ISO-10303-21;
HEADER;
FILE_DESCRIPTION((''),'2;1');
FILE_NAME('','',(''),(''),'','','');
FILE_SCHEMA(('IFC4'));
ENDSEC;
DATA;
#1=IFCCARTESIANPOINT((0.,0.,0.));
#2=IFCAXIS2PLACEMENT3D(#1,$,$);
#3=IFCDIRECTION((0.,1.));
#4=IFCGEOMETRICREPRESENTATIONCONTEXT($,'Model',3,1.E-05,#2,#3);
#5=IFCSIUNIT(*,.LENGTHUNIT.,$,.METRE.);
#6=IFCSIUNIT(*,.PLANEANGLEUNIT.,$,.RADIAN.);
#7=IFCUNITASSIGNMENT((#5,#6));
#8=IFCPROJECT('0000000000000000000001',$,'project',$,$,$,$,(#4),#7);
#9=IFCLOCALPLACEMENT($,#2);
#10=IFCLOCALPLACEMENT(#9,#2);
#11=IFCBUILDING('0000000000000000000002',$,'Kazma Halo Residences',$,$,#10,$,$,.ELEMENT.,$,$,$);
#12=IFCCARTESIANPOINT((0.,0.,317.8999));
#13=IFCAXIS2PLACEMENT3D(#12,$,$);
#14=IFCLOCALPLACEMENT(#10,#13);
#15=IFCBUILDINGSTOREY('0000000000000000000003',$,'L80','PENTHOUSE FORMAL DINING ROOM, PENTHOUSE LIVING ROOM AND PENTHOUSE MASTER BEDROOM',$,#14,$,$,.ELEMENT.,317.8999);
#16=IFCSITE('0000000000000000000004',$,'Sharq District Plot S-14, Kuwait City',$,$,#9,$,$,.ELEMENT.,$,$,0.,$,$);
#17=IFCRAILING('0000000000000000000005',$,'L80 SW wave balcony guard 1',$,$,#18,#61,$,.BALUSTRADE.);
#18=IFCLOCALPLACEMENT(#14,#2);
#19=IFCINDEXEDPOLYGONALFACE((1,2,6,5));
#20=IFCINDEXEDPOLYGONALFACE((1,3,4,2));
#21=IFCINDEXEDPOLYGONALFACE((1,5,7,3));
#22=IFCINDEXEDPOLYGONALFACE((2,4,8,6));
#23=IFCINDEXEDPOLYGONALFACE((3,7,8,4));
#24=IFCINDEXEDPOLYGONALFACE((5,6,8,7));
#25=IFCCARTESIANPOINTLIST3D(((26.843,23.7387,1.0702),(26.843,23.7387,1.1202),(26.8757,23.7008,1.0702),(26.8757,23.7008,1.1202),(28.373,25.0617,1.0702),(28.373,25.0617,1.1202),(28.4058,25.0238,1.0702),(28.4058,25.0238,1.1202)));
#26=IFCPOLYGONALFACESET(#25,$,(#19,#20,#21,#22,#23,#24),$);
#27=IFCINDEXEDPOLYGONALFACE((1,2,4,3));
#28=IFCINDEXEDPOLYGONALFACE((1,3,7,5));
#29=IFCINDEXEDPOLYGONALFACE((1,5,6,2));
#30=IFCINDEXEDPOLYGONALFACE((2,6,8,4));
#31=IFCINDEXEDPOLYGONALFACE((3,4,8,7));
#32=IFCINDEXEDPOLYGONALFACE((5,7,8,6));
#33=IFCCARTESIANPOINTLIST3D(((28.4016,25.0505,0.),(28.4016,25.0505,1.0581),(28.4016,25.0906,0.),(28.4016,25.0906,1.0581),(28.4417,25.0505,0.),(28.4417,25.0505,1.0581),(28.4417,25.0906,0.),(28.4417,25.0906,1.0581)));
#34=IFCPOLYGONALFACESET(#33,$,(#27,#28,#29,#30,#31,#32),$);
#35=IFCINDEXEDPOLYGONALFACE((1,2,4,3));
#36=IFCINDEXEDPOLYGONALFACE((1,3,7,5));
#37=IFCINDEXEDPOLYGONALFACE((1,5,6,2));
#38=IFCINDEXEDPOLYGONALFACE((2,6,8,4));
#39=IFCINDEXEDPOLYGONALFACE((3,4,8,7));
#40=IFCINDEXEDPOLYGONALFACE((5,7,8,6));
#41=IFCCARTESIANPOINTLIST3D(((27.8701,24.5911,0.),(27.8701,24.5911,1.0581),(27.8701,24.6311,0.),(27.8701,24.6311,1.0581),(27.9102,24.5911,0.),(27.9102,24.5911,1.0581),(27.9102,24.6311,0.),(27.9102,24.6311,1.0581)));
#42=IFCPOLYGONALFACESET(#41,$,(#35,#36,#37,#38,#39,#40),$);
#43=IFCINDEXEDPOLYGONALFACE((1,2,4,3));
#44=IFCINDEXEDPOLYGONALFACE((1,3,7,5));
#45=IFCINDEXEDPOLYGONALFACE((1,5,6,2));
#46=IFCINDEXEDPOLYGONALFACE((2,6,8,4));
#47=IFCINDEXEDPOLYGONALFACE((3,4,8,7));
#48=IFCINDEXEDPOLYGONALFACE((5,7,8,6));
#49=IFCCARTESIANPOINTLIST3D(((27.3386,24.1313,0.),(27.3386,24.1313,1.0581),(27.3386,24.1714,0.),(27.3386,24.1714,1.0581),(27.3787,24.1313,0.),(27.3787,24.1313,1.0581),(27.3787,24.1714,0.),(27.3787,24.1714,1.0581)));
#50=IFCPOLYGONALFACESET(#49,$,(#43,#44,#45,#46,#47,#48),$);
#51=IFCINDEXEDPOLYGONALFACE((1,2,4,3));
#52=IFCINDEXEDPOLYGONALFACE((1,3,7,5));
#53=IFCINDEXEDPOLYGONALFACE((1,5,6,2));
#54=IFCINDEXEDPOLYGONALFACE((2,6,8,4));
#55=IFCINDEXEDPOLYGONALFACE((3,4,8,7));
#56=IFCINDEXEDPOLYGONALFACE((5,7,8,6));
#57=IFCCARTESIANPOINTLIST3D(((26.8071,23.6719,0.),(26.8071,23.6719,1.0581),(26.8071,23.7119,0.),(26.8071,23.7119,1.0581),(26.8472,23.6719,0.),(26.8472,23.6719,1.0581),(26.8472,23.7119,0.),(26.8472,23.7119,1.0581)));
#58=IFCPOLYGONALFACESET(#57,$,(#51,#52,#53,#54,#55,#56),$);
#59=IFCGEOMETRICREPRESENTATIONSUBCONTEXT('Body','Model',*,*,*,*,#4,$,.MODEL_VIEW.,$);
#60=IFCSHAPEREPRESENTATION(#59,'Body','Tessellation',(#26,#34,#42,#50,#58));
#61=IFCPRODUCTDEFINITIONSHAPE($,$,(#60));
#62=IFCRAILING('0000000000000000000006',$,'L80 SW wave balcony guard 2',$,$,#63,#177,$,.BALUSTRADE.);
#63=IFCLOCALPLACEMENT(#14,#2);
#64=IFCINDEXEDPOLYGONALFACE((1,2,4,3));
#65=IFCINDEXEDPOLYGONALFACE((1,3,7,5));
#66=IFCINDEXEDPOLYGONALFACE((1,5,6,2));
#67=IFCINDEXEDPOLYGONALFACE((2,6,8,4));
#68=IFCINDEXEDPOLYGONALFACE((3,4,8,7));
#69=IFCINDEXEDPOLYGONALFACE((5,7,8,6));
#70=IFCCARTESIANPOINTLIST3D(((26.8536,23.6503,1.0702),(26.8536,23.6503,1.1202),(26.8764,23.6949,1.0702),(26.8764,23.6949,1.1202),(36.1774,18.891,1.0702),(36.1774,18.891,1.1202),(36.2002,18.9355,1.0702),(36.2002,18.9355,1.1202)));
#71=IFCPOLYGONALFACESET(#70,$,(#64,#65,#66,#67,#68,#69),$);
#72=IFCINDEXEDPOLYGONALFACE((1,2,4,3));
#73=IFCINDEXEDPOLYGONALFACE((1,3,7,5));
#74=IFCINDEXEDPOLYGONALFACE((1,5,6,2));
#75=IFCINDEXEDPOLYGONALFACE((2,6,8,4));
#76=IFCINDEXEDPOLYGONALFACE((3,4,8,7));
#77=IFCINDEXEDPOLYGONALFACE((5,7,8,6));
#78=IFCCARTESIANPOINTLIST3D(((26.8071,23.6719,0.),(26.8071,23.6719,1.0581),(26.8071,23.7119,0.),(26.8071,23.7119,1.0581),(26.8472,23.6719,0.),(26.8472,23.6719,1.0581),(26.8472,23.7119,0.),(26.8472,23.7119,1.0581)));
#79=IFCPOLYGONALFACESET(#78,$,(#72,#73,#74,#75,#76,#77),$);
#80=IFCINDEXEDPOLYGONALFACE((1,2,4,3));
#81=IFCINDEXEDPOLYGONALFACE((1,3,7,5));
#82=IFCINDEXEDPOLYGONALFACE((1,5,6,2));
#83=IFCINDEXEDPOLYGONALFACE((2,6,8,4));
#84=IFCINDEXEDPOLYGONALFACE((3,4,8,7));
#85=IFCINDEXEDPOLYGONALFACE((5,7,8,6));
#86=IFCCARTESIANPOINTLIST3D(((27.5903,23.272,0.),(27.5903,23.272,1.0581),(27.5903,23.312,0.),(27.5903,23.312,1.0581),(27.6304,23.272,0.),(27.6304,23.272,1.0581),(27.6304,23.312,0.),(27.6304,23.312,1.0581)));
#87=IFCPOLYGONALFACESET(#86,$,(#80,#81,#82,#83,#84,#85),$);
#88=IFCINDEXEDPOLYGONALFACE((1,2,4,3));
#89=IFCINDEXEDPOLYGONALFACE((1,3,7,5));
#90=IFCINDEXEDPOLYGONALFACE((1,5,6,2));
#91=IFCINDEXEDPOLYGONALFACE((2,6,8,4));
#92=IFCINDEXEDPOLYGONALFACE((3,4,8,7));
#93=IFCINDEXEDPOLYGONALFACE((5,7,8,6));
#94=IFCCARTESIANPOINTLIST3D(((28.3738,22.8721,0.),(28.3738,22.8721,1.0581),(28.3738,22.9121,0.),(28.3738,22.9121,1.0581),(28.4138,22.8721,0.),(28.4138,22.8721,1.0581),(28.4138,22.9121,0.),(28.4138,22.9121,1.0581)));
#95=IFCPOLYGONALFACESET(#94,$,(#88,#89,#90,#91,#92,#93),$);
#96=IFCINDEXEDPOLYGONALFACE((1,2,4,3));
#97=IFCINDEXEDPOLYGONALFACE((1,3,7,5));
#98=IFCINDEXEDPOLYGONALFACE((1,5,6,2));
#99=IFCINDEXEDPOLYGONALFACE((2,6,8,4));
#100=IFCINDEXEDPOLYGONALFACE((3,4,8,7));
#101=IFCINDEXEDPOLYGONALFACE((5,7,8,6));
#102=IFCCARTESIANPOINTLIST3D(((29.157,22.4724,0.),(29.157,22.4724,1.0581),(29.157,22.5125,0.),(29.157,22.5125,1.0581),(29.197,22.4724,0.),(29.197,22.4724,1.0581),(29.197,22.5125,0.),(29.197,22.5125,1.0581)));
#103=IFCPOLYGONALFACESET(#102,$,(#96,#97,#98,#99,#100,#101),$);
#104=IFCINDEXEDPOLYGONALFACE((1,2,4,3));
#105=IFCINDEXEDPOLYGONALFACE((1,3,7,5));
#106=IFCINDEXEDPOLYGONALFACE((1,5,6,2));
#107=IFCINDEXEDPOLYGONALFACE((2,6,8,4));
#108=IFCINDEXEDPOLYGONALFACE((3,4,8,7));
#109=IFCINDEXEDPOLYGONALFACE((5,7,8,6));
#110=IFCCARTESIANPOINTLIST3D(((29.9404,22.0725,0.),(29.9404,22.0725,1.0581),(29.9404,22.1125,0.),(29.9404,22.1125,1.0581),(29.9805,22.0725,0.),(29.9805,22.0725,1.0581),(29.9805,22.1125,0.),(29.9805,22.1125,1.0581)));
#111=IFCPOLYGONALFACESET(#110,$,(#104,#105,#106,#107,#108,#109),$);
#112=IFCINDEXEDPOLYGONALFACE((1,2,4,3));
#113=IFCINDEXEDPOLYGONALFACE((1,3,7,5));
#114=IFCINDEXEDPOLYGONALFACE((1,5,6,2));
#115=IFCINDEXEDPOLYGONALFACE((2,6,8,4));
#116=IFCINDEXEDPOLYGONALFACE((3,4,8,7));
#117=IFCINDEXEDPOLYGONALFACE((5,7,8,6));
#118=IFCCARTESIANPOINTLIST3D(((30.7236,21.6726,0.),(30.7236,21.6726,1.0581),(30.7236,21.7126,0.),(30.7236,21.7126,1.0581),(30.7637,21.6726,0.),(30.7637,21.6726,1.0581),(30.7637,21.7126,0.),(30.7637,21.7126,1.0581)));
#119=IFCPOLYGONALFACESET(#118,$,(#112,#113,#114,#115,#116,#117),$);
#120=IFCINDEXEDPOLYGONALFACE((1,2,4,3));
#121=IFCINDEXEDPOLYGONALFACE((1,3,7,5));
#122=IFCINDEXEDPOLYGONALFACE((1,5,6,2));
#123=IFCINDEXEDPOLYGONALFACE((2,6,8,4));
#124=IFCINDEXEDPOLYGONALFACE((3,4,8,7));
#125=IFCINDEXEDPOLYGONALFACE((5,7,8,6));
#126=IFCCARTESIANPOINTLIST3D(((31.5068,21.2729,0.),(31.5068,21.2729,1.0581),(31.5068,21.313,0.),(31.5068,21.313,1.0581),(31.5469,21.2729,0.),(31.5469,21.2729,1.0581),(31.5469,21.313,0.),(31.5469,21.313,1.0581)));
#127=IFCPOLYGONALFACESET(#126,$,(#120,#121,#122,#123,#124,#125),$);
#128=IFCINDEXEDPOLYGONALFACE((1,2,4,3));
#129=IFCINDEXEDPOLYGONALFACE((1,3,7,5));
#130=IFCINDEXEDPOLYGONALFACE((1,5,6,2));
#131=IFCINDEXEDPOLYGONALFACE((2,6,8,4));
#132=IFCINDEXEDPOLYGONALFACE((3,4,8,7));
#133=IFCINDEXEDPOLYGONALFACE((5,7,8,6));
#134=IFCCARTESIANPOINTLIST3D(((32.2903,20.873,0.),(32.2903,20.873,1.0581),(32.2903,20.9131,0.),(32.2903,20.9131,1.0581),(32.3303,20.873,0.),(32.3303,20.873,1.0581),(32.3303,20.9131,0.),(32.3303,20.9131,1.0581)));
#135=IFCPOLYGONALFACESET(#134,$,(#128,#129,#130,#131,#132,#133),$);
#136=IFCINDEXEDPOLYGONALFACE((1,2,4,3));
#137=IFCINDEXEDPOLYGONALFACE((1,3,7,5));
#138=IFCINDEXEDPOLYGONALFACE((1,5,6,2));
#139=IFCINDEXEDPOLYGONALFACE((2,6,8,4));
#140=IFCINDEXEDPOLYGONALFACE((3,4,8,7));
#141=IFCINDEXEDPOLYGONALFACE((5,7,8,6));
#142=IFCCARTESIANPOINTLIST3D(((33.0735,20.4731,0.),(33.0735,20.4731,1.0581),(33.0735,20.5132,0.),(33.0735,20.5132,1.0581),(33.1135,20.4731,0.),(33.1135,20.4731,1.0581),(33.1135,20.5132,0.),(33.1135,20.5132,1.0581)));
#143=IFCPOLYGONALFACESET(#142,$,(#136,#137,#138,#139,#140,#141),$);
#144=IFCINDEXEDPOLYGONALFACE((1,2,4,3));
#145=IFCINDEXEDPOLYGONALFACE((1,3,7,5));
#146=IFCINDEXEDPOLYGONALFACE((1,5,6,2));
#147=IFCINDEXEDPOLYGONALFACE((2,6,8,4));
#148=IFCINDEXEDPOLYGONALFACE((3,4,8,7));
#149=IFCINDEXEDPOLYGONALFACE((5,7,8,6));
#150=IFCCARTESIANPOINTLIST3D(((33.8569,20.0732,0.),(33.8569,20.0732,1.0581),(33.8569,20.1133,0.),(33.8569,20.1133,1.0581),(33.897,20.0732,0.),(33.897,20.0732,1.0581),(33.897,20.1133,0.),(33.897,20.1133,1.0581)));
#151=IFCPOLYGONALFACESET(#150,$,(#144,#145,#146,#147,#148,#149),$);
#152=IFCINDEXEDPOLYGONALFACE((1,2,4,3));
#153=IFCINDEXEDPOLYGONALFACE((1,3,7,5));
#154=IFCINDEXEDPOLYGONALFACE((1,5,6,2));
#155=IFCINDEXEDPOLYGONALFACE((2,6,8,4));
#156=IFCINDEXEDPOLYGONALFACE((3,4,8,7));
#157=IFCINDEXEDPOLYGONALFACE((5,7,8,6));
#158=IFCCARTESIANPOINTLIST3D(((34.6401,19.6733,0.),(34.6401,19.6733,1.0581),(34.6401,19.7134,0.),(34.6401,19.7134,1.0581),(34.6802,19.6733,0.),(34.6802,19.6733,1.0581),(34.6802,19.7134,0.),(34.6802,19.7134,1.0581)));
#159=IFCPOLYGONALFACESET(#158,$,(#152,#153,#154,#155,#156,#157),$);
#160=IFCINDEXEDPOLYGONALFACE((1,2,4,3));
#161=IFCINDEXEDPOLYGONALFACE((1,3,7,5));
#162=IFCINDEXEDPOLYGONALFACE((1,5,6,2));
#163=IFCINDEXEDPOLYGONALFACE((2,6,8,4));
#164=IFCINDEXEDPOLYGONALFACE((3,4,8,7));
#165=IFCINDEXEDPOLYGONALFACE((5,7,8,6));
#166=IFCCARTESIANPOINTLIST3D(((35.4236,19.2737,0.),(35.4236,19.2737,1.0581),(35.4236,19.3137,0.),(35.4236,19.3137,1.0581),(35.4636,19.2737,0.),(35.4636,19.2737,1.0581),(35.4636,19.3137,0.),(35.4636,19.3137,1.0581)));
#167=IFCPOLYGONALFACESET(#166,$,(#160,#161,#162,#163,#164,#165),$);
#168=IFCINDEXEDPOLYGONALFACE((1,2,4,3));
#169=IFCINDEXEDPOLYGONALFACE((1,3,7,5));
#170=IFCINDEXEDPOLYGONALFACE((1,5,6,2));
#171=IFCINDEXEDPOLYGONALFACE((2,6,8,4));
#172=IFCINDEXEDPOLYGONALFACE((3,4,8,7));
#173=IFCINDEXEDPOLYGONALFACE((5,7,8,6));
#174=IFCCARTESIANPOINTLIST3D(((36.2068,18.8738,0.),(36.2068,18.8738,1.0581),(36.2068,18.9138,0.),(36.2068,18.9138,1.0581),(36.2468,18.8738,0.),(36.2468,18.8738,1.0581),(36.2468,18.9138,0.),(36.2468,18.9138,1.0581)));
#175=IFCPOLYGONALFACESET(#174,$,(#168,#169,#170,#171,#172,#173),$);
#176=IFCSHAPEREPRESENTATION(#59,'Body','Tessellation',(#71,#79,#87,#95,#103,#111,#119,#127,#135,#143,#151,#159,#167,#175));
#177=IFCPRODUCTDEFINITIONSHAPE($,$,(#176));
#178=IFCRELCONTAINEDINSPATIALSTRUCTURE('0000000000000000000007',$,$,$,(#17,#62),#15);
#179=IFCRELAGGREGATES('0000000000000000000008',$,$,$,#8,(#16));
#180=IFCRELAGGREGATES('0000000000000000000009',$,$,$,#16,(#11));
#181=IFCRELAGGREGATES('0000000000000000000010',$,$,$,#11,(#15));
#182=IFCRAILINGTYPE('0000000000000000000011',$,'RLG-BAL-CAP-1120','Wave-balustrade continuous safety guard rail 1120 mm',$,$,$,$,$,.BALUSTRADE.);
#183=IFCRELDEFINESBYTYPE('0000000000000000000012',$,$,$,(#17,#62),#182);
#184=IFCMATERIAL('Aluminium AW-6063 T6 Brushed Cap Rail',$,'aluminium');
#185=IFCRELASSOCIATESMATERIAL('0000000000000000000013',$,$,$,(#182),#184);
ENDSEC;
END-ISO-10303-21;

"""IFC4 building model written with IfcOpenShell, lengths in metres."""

from ifc_helpers import new_model, si_unit, direction, frame, origin, origin_2d, place, context, subcontext, project, spatial, rectangle, extrude, material, type_object, element, save


model = new_model("IFC4")

# Units and contexts
model_context = context("Model", 3, precision=1e-05, world=origin(), true_north=direction((0.0, 1.0)))
body_context = subcontext(model_context, "Body", "Model", "MODEL_VIEW")
ifc_project = project(units=[si_unit("LENGTHUNIT", "METRE"), si_unit("PLANEANGLEUNIT", "RADIAN")], contexts=[model_context])

# Site, building, storey
site_placement = place(None, origin())
site = spatial("IfcSite", under=ifc_project, at=site_placement, Name="Sharq District Plot S-14, Kuwait City", CompositionType="ELEMENT", RefElevation=0.0)
building_placement = place(site_placement, origin())
building = spatial("IfcBuilding", under=site, at=building_placement, Name="Kazma Halo Residences", CompositionType="ELEMENT")
storey_placement = place(building_placement, frame((0.0, 0.0, 317.8999)))
storey = spatial("IfcBuildingStorey", under=building, at=storey_placement, Name="L80", Description="PENTHOUSE FORMAL DINING ROOM, PENTHOUSE LIVING ROOM AND PENTHOUSE MASTER BEDROOM", CompositionType="ELEMENT", Elevation=317.8999)

# Railings
ifc_material_1 = material(Name="Aluminium AW-6063 T6 Brushed Cap Rail", Category="aluminium")
railing_type = type_object("IfcRailingType", Name="RLG-BAL-CAP-1120", Description="Wave-balustrade continuous safety guard rail 1120 mm", PredefinedType="BALUSTRADE", material=ifc_material_1)
railing_1_placement = place(storey_placement, frame((28.4216, 25.0706, 0.0)))
element("IfcRailing", 1, at=railing_1_placement, inside=storey, type_object=railing_type, Name="L80 SW wave balcony guard 1", PredefinedType="BALUSTRADE", context=body_context, shape_type="SweptSolid", body=[
    extrude(rectangle(XDim=0.05, YDim=0.05, at=origin_2d()), frame((-0.0322, -0.0278, 1.0952), z_axis=(-0.756445, -0.654057, 0.0), x_axis=(0.654057, -0.756445, 0.0)), (0.0, 0.0, 1.0), 2.0227),
    extrude(rectangle(XDim=0.04, YDim=0.04, at=origin_2d()), origin(), (0.0, 0.0, 1.0), 1.0581),
    extrude(rectangle(XDim=0.04, YDim=0.04, at=origin_2d()), frame((-0.5315, -0.4595, 0.0)), (0.0, 0.0, 1.0), 1.0581),
    extrude(rectangle(XDim=0.04, YDim=0.04, at=origin_2d()), frame((-1.063, -0.9192, 0.0)), (0.0, 0.0, 1.0), 1.0581),
    extrude(rectangle(XDim=0.04, YDim=0.04, at=origin_2d()), frame((-1.5945, -1.3787, 0.0)), (0.0, 0.0, 1.0), 1.0581),
])
railing_2_placement = place(storey_placement, frame((26.8271, 23.6919, 0.0)))
element("IfcRailing", 2, at=railing_2_placement, inside=storey, type_object=railing_type, Name="L80 SW wave balcony guard 2", PredefinedType="BALUSTRADE", context=body_context, shape_type="SweptSolid", body=[
    extrude(rectangle(XDim=0.05, YDim=0.05, at=origin_2d()), frame((0.0378, -0.0193, 1.0952), z_axis=(0.890672, -0.454647, 0.0), x_axis=(0.454647, 0.890672, 0.0)), (0.0, 0.0, 1.0), 10.4683),
    extrude(rectangle(XDim=0.04, YDim=0.04, at=origin_2d()), origin(), (0.0, 0.0, 1.0), 1.0581),
    extrude(rectangle(XDim=0.04, YDim=0.04, at=origin_2d()), frame((0.7832, -0.3999, 0.0)), (0.0, 0.0, 1.0), 1.0581),
    extrude(rectangle(XDim=0.04, YDim=0.04, at=origin_2d()), frame((1.5667, -0.7998, 0.0)), (0.0, 0.0, 1.0), 1.0581),
    extrude(rectangle(XDim=0.04, YDim=0.04, at=origin_2d()), frame((2.3499, -1.1995, 0.0)), (0.0, 0.0, 1.0), 1.0581),
    extrude(rectangle(XDim=0.04, YDim=0.04, at=origin_2d()), frame((3.1333, -1.5994, 0.0)), (0.0, 0.0, 1.0), 1.0581),
    extrude(rectangle(XDim=0.04, YDim=0.04, at=origin_2d()), frame((3.9165, -1.9993, 0.0)), (0.0, 0.0, 1.0), 1.0581),
    extrude(rectangle(XDim=0.04, YDim=0.04, at=origin_2d()), frame((4.6997, -2.3989, 0.0)), (0.0, 0.0, 1.0), 1.0581),
    extrude(rectangle(XDim=0.04, YDim=0.04, at=origin_2d()), frame((5.4832, -2.7988, 0.0)), (0.0, 0.0, 1.0), 1.0581),
    extrude(rectangle(XDim=0.04, YDim=0.04, at=origin_2d()), frame((6.2664, -3.1987, 0.0)), (0.0, 0.0, 1.0), 1.0581),
    extrude(rectangle(XDim=0.04, YDim=0.04, at=origin_2d()), frame((7.0498, -3.5986, 0.0)), (0.0, 0.0, 1.0), 1.0581),
    extrude(rectangle(XDim=0.04, YDim=0.04, at=origin_2d()), frame((7.833, -3.9985, 0.0)), (0.0, 0.0, 1.0), 1.0581),
    extrude(rectangle(XDim=0.04, YDim=0.04, at=origin_2d()), frame((8.6165, -4.3982, 0.0)), (0.0, 0.0, 1.0), 1.0581),
    extrude(rectangle(XDim=0.04, YDim=0.04, at=origin_2d()), frame((9.3997, -4.7981, 0.0)), (0.0, 0.0, 1.0), 1.0581),
])

save(model, "model.ifc")
